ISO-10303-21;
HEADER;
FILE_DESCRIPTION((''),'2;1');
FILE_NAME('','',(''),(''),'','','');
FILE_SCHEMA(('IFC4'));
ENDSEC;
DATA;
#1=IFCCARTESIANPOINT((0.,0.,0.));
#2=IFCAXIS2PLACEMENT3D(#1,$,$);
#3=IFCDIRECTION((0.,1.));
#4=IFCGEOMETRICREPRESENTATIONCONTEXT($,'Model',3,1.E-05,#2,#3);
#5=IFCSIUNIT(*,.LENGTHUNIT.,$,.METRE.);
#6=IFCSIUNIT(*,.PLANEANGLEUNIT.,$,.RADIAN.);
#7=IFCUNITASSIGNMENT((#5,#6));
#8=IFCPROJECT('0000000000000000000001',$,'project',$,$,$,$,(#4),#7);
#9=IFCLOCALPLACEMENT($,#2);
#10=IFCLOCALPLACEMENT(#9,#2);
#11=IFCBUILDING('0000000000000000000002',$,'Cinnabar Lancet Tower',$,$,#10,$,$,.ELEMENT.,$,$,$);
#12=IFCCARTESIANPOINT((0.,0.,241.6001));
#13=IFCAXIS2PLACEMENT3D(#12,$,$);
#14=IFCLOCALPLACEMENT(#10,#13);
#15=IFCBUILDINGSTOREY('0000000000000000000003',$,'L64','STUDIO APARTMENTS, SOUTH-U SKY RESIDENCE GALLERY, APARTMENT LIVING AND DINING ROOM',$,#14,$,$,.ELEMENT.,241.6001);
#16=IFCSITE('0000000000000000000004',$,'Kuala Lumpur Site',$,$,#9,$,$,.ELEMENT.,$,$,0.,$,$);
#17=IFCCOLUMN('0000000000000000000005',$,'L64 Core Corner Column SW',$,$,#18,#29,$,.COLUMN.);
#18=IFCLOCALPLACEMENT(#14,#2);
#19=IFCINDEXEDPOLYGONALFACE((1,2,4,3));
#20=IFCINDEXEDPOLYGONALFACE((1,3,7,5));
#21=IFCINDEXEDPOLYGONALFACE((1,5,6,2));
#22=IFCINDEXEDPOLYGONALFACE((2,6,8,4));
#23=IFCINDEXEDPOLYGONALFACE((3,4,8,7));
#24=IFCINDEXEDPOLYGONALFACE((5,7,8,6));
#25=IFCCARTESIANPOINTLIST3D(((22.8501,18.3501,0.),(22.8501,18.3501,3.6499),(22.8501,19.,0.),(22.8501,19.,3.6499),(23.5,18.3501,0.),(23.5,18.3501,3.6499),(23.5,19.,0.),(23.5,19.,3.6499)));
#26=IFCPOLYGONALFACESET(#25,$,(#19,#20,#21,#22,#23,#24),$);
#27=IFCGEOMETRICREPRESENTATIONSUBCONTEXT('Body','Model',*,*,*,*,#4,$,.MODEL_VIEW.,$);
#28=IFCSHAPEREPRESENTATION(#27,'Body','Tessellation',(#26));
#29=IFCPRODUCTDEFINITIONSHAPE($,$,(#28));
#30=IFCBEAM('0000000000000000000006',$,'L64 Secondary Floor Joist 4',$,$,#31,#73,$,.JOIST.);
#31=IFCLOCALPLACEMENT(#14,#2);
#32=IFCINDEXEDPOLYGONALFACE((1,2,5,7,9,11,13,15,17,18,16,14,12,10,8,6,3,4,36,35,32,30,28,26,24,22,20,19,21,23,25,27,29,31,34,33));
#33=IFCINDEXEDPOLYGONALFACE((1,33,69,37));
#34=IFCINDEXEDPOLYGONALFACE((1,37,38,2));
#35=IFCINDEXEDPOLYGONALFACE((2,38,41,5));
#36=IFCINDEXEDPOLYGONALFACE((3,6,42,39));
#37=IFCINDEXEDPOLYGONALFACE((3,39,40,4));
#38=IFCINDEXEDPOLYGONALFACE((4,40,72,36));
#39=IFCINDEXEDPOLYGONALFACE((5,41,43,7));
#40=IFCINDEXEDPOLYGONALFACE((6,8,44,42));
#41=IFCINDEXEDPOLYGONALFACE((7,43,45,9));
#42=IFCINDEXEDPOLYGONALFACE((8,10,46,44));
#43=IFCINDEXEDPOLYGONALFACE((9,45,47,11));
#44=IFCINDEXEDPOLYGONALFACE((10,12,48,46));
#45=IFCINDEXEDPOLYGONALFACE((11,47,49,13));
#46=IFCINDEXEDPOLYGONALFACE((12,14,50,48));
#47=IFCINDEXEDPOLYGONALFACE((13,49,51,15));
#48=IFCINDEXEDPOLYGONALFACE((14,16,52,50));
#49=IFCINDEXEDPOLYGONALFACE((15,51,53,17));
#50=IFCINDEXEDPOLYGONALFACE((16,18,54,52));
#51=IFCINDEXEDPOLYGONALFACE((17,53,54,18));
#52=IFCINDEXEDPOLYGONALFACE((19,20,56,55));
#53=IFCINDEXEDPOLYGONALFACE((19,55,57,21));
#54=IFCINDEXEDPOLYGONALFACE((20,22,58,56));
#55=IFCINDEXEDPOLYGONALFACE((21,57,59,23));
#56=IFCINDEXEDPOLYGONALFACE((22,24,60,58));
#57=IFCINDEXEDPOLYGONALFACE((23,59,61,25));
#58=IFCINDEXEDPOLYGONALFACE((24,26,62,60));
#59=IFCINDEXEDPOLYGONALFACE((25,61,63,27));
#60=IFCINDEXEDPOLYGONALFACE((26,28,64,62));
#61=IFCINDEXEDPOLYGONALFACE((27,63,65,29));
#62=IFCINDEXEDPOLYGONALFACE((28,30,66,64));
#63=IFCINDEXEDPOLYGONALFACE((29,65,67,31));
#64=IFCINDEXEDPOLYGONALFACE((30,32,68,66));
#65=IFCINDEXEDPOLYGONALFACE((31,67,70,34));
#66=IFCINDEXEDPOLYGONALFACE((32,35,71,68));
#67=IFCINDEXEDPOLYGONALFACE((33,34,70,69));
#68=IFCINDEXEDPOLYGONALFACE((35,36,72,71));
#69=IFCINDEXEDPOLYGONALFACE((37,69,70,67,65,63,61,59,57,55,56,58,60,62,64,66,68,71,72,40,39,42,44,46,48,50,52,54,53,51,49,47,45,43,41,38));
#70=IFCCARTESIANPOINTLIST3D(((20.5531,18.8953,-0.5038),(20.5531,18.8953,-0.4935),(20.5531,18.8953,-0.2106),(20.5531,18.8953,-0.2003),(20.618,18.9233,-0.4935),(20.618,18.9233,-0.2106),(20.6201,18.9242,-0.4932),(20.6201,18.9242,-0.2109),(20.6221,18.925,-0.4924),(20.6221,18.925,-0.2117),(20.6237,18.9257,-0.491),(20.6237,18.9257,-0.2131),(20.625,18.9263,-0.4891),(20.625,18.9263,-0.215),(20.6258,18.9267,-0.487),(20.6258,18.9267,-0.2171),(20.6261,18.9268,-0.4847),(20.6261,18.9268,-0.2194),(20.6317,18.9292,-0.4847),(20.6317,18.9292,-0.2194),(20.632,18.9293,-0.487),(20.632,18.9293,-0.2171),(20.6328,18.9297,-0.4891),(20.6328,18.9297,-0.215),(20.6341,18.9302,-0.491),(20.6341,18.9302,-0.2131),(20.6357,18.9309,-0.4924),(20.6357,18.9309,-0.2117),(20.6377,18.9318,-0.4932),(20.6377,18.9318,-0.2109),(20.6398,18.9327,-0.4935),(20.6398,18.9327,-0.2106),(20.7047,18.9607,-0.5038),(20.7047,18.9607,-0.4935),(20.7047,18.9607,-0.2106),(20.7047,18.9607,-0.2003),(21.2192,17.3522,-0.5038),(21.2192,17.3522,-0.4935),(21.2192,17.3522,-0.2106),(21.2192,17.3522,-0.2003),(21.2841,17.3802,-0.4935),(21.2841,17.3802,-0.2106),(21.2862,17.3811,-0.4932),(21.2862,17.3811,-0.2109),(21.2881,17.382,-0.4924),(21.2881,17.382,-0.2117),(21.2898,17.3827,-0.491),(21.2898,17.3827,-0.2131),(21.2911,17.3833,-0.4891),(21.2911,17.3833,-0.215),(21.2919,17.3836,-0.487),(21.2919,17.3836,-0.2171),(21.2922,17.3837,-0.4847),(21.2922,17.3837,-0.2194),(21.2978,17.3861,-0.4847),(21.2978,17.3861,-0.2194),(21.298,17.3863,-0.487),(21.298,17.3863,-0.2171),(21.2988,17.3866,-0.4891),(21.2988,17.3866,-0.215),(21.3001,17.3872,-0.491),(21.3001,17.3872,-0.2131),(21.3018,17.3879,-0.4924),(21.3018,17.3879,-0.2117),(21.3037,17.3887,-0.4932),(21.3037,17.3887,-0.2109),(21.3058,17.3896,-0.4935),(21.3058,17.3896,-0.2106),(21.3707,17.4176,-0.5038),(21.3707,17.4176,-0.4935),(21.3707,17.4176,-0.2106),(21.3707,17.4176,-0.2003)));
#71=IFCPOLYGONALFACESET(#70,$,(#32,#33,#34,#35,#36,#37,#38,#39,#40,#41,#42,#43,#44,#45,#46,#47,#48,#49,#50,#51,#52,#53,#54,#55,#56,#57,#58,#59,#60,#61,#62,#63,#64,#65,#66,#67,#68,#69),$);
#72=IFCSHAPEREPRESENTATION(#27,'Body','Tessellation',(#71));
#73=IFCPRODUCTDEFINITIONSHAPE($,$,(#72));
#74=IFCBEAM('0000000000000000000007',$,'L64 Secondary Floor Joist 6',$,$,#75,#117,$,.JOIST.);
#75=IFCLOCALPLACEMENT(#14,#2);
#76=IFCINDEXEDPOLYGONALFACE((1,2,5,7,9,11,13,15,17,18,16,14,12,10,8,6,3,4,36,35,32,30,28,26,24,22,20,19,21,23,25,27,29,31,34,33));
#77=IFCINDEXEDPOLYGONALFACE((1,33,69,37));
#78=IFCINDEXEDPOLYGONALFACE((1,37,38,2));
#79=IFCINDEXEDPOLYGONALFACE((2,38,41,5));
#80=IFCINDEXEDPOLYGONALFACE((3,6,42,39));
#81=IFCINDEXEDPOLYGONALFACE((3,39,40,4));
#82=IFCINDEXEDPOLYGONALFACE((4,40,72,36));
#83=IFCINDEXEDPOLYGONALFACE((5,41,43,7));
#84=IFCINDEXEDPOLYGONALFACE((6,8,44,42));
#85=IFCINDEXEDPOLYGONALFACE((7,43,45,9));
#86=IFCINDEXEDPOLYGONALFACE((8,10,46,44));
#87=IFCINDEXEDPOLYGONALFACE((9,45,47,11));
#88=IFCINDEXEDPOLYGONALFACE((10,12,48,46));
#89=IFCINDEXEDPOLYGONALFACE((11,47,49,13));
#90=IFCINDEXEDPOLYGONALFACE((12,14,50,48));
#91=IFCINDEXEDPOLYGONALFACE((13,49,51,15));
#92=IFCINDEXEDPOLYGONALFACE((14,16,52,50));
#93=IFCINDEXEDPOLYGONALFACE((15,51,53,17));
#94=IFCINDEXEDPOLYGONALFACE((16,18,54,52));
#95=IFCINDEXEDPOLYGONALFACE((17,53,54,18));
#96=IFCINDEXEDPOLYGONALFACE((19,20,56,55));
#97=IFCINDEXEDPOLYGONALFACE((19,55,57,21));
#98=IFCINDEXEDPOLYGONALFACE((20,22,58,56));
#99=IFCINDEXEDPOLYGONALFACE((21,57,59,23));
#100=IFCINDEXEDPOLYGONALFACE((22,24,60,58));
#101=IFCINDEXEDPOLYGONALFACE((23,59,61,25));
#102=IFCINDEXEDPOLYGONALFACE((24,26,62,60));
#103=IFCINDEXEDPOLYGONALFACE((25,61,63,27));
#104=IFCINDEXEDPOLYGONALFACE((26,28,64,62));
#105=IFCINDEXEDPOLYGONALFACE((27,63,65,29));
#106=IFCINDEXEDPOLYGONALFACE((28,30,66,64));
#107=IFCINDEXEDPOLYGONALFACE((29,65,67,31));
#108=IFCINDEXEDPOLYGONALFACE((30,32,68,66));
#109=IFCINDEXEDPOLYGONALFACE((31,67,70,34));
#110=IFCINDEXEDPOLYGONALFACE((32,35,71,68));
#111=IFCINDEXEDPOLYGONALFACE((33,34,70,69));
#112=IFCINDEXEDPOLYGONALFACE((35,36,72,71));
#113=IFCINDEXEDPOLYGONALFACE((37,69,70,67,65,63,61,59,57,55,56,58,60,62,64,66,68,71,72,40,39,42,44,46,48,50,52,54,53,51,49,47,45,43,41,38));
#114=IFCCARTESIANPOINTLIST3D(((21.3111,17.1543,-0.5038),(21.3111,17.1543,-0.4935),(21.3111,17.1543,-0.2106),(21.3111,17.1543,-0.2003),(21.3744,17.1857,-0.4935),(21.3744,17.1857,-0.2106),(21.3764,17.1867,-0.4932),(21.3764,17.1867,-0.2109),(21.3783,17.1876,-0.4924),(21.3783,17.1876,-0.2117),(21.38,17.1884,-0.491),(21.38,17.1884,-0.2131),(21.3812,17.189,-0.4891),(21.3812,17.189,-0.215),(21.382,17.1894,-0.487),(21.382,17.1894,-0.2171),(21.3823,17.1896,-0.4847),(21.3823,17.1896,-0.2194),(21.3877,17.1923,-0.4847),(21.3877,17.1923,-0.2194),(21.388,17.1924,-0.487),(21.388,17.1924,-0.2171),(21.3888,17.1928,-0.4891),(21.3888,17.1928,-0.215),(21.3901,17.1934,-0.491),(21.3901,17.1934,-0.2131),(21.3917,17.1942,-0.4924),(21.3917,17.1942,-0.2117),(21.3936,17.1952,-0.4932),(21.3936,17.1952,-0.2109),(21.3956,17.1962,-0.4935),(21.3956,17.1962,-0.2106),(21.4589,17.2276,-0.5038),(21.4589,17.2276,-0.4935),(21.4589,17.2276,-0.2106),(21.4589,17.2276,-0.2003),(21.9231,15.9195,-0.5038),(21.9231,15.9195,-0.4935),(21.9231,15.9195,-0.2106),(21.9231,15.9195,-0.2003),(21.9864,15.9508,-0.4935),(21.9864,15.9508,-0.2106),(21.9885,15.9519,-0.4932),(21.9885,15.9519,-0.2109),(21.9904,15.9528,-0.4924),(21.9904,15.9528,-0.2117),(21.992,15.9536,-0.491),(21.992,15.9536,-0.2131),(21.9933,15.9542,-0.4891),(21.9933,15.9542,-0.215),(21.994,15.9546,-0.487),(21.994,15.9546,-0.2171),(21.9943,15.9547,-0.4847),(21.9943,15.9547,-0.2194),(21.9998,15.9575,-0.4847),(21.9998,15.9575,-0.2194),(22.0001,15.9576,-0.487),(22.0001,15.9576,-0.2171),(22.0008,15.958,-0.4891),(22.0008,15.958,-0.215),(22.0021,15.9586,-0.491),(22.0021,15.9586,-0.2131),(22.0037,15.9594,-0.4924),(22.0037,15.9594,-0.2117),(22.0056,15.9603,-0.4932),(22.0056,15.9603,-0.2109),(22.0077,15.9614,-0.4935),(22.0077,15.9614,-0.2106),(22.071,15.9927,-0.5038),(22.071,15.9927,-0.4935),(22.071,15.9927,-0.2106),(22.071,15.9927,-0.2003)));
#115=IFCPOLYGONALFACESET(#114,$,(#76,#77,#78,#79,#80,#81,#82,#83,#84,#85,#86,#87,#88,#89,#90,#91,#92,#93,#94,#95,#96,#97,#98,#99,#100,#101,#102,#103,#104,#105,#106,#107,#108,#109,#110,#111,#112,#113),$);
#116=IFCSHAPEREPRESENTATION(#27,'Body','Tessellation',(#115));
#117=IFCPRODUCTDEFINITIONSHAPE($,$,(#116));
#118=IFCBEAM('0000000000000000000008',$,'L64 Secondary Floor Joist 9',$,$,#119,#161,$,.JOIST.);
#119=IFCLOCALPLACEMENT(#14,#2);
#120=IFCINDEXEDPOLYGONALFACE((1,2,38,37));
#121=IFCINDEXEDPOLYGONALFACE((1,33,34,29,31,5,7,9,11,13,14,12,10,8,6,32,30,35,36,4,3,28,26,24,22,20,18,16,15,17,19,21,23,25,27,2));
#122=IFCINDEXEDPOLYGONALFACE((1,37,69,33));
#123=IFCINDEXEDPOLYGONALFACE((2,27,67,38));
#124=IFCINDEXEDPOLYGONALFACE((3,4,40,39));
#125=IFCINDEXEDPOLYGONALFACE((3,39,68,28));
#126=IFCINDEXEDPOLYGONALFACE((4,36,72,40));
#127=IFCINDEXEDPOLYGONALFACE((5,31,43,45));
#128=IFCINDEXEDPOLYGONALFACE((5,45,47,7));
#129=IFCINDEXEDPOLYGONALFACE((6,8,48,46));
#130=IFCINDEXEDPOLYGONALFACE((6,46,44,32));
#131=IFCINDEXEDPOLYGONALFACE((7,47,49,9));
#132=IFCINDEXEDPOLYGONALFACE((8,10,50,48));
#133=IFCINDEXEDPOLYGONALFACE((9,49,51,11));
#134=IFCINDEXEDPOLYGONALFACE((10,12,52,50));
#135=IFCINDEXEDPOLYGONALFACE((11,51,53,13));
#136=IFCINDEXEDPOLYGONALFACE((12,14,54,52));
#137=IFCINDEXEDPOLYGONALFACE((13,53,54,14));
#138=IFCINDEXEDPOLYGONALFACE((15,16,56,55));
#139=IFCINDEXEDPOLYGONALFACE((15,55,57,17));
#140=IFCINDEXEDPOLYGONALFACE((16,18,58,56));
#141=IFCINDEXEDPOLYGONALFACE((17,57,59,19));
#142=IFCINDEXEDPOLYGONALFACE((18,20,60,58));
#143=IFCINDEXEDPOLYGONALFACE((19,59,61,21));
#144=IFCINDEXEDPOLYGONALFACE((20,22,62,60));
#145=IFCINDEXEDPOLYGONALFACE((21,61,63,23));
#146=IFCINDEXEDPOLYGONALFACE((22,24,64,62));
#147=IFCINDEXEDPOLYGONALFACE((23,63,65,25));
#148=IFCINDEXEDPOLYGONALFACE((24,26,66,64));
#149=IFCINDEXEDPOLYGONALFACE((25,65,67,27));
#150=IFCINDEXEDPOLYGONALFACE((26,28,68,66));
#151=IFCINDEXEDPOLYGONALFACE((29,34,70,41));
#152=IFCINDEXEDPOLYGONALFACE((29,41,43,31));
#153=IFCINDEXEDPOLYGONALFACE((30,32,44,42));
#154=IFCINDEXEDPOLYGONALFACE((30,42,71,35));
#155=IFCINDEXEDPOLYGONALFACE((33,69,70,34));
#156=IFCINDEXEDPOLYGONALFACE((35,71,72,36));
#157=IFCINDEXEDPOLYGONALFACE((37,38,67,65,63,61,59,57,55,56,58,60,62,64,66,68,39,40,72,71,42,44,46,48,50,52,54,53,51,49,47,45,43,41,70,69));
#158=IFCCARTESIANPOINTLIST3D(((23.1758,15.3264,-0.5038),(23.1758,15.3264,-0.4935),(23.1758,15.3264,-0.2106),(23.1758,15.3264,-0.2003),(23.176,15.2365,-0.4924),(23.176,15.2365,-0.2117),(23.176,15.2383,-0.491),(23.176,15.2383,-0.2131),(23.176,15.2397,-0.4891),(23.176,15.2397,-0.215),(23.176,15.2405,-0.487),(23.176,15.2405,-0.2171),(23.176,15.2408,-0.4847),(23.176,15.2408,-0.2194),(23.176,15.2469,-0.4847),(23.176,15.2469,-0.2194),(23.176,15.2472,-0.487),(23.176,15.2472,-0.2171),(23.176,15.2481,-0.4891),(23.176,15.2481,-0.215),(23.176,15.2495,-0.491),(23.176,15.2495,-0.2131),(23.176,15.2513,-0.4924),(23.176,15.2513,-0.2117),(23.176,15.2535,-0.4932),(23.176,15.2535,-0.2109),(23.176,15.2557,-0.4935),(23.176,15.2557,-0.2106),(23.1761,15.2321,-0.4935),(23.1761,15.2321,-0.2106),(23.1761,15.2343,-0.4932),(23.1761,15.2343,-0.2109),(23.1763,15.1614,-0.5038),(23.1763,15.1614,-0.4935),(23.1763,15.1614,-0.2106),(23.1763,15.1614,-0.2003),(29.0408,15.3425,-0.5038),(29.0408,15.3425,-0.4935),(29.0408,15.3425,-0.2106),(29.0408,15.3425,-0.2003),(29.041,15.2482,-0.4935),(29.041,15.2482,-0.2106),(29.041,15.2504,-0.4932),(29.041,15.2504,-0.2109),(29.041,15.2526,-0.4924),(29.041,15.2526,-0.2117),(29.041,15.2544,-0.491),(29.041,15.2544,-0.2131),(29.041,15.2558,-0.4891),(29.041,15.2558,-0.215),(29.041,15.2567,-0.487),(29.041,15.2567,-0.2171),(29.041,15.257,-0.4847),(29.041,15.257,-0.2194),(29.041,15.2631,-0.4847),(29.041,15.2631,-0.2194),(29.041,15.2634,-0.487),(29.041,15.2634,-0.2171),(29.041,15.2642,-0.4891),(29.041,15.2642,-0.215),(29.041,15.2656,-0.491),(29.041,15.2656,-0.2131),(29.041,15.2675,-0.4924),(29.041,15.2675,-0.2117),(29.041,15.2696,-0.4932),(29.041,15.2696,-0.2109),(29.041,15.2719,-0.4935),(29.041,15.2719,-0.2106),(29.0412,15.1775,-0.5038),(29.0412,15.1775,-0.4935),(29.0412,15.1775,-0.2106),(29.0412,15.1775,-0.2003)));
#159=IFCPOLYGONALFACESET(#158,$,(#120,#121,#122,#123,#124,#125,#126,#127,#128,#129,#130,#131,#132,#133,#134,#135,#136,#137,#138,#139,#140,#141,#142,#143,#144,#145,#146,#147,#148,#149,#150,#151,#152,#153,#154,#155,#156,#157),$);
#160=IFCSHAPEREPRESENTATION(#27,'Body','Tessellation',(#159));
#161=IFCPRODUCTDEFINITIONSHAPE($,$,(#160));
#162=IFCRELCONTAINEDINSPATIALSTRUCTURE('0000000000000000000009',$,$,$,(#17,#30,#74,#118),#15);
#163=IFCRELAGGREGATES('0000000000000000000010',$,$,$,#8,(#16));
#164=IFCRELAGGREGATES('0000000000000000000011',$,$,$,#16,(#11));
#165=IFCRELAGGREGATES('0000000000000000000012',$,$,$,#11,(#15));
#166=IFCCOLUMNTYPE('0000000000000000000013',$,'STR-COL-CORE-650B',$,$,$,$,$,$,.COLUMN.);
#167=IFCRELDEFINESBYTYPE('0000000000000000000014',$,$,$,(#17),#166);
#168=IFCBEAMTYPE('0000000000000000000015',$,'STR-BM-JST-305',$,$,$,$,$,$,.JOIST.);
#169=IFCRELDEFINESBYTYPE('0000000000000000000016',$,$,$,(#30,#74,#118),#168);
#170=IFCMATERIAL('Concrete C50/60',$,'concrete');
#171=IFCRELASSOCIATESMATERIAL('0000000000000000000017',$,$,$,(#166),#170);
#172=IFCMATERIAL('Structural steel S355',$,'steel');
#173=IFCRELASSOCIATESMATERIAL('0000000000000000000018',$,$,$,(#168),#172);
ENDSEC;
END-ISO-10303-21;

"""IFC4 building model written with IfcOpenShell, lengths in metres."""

from ifc_helpers import new_model, si_unit, direction, frame, origin, origin_2d, place, context, subcontext, project, spatial, rectangle, i_section, extrude, material, material_profile, profile_set, type_object, element, save


model = new_model("IFC4")

# Units and contexts
model_context = context("Model", 3, precision=1e-05, world=origin(), true_north=direction((0.0, 1.0)))
body_context = subcontext(model_context, "Body", "Model", "MODEL_VIEW")
ifc_project = project(units=[si_unit("LENGTHUNIT", "METRE"), si_unit("PLANEANGLEUNIT", "RADIAN")], contexts=[model_context])

# Site, building, storey
site_placement = place(None, origin())
site = spatial("IfcSite", under=ifc_project, at=site_placement, Name="Kuala Lumpur Site", CompositionType="ELEMENT", RefElevation=0.0)
building_placement = place(site_placement, origin())
building = spatial("IfcBuilding", under=site, at=building_placement, Name="Cinnabar Lancet Tower", CompositionType="ELEMENT")
storey_placement = place(building_placement, frame((0.0, 0.0, 241.6001)))
storey = spatial("IfcBuildingStorey", under=building, at=storey_placement, Name="L64", Description="STUDIO APARTMENTS, SOUTH-U SKY RESIDENCE GALLERY, APARTMENT LIVING AND DINING ROOM", CompositionType="ELEMENT", Elevation=241.6001)

# Column
ifc_material_1 = material(Name="Concrete C50/60", Category="concrete")
ifc_material_profile_1 = material_profile(ifc_material_1, rectangle(XDim=0.6499, YDim=0.6499, at=origin_2d()), Name="RC-COL 650x650")
ifc_profile_set_1 = profile_set([ifc_material_profile_1], Name="Concrete C50/60")
column_type = type_object("IfcColumnType", Name="STR-COL-CORE-650B", PredefinedType="COLUMN", material=ifc_profile_set_1)
column_placement = place(storey_placement, frame((23.175, 18.675, 0.0), z_axis=(0.0, 0.0, 1.0), x_axis=(1.0, 0.0, 0.0)))
element("IfcColumn", 1, at=column_placement, inside=storey, type_object=column_type, Name="L64 Core Corner Column SW", PredefinedType="COLUMN", context=body_context, shape_type="SweptSolid", body=[
    extrude(rectangle(XDim=0.6499, YDim=0.6499, at=origin_2d()), origin(), (0.0, 0.0, 1.0), 3.6499),
])

# Beams
ifc_material_2 = material(Name="Structural steel S355", Category="steel")
ifc_material_profile_2 = material_profile(ifc_material_2, i_section(OverallWidth=0.165, OverallDepth=0.3035, WebThickness=0.0061, FlangeThickness=0.0103, FilletRadius=0.0088, at=origin_2d()), Name="UKB 305x165x40")
ifc_profile_set_2 = profile_set([ifc_material_profile_2], Name="Structural steel S355")
beam_type = type_object("IfcBeamType", Name="STR-BM-JST-305", PredefinedType="JOIST", material=ifc_profile_set_2)
beam_1_placement = place(storey_placement, frame((20.6289, 18.928, -0.3521), z_axis=(0.396302, -0.91812, 0.0), x_axis=(0.91812, 0.396302, 0.0)))
element("IfcBeam", 2, at=beam_1_placement, inside=storey, type_object=beam_type, Name="L64 Secondary Floor Joist 4", PredefinedType="JOIST", context=body_context, shape_type="SweptSolid", body=[
    extrude(i_section(OverallWidth=0.165, OverallDepth=0.3035, WebThickness=0.0061, FlangeThickness=0.0103, FilletRadius=0.0088, at=origin_2d()), origin(), (0.0, 0.0, 1.0), 1.6807),
])
beam_2_placement = place(storey_placement, frame((21.385, 17.1909, -0.3521), z_axis=(0.444093, -0.895981, 0.0), x_axis=(0.895981, 0.444093, 0.0)))
element("IfcBeam", 3, at=beam_2_placement, inside=storey, type_object=beam_type, Name="L64 Secondary Floor Joist 6", PredefinedType="JOIST", context=body_context, shape_type="SweptSolid", body=[
    extrude(i_section(OverallWidth=0.165, OverallDepth=0.3035, WebThickness=0.0061, FlangeThickness=0.0103, FilletRadius=0.0088, at=origin_2d()), origin(), (0.0, 0.0, 1.0), 1.3782),
])
beam_3_placement = place(storey_placement, frame((23.176, 15.2439, -0.3521), z_axis=(0.999996, 0.002747, 0.0), x_axis=(-0.002747, 0.999996, 0.0)))
element("IfcBeam", 4, at=beam_3_placement, inside=storey, type_object=beam_type, Name="L64 Secondary Floor Joist 9", PredefinedType="JOIST", context=body_context, shape_type="SweptSolid", body=[
    extrude(i_section(OverallWidth=0.165, OverallDepth=0.3035, WebThickness=0.0061, FlangeThickness=0.0103, FilletRadius=0.0088, at=origin_2d()), origin(), (0.0, 0.0, 1.0), 5.865),
])

save(model, "model.ifc")
